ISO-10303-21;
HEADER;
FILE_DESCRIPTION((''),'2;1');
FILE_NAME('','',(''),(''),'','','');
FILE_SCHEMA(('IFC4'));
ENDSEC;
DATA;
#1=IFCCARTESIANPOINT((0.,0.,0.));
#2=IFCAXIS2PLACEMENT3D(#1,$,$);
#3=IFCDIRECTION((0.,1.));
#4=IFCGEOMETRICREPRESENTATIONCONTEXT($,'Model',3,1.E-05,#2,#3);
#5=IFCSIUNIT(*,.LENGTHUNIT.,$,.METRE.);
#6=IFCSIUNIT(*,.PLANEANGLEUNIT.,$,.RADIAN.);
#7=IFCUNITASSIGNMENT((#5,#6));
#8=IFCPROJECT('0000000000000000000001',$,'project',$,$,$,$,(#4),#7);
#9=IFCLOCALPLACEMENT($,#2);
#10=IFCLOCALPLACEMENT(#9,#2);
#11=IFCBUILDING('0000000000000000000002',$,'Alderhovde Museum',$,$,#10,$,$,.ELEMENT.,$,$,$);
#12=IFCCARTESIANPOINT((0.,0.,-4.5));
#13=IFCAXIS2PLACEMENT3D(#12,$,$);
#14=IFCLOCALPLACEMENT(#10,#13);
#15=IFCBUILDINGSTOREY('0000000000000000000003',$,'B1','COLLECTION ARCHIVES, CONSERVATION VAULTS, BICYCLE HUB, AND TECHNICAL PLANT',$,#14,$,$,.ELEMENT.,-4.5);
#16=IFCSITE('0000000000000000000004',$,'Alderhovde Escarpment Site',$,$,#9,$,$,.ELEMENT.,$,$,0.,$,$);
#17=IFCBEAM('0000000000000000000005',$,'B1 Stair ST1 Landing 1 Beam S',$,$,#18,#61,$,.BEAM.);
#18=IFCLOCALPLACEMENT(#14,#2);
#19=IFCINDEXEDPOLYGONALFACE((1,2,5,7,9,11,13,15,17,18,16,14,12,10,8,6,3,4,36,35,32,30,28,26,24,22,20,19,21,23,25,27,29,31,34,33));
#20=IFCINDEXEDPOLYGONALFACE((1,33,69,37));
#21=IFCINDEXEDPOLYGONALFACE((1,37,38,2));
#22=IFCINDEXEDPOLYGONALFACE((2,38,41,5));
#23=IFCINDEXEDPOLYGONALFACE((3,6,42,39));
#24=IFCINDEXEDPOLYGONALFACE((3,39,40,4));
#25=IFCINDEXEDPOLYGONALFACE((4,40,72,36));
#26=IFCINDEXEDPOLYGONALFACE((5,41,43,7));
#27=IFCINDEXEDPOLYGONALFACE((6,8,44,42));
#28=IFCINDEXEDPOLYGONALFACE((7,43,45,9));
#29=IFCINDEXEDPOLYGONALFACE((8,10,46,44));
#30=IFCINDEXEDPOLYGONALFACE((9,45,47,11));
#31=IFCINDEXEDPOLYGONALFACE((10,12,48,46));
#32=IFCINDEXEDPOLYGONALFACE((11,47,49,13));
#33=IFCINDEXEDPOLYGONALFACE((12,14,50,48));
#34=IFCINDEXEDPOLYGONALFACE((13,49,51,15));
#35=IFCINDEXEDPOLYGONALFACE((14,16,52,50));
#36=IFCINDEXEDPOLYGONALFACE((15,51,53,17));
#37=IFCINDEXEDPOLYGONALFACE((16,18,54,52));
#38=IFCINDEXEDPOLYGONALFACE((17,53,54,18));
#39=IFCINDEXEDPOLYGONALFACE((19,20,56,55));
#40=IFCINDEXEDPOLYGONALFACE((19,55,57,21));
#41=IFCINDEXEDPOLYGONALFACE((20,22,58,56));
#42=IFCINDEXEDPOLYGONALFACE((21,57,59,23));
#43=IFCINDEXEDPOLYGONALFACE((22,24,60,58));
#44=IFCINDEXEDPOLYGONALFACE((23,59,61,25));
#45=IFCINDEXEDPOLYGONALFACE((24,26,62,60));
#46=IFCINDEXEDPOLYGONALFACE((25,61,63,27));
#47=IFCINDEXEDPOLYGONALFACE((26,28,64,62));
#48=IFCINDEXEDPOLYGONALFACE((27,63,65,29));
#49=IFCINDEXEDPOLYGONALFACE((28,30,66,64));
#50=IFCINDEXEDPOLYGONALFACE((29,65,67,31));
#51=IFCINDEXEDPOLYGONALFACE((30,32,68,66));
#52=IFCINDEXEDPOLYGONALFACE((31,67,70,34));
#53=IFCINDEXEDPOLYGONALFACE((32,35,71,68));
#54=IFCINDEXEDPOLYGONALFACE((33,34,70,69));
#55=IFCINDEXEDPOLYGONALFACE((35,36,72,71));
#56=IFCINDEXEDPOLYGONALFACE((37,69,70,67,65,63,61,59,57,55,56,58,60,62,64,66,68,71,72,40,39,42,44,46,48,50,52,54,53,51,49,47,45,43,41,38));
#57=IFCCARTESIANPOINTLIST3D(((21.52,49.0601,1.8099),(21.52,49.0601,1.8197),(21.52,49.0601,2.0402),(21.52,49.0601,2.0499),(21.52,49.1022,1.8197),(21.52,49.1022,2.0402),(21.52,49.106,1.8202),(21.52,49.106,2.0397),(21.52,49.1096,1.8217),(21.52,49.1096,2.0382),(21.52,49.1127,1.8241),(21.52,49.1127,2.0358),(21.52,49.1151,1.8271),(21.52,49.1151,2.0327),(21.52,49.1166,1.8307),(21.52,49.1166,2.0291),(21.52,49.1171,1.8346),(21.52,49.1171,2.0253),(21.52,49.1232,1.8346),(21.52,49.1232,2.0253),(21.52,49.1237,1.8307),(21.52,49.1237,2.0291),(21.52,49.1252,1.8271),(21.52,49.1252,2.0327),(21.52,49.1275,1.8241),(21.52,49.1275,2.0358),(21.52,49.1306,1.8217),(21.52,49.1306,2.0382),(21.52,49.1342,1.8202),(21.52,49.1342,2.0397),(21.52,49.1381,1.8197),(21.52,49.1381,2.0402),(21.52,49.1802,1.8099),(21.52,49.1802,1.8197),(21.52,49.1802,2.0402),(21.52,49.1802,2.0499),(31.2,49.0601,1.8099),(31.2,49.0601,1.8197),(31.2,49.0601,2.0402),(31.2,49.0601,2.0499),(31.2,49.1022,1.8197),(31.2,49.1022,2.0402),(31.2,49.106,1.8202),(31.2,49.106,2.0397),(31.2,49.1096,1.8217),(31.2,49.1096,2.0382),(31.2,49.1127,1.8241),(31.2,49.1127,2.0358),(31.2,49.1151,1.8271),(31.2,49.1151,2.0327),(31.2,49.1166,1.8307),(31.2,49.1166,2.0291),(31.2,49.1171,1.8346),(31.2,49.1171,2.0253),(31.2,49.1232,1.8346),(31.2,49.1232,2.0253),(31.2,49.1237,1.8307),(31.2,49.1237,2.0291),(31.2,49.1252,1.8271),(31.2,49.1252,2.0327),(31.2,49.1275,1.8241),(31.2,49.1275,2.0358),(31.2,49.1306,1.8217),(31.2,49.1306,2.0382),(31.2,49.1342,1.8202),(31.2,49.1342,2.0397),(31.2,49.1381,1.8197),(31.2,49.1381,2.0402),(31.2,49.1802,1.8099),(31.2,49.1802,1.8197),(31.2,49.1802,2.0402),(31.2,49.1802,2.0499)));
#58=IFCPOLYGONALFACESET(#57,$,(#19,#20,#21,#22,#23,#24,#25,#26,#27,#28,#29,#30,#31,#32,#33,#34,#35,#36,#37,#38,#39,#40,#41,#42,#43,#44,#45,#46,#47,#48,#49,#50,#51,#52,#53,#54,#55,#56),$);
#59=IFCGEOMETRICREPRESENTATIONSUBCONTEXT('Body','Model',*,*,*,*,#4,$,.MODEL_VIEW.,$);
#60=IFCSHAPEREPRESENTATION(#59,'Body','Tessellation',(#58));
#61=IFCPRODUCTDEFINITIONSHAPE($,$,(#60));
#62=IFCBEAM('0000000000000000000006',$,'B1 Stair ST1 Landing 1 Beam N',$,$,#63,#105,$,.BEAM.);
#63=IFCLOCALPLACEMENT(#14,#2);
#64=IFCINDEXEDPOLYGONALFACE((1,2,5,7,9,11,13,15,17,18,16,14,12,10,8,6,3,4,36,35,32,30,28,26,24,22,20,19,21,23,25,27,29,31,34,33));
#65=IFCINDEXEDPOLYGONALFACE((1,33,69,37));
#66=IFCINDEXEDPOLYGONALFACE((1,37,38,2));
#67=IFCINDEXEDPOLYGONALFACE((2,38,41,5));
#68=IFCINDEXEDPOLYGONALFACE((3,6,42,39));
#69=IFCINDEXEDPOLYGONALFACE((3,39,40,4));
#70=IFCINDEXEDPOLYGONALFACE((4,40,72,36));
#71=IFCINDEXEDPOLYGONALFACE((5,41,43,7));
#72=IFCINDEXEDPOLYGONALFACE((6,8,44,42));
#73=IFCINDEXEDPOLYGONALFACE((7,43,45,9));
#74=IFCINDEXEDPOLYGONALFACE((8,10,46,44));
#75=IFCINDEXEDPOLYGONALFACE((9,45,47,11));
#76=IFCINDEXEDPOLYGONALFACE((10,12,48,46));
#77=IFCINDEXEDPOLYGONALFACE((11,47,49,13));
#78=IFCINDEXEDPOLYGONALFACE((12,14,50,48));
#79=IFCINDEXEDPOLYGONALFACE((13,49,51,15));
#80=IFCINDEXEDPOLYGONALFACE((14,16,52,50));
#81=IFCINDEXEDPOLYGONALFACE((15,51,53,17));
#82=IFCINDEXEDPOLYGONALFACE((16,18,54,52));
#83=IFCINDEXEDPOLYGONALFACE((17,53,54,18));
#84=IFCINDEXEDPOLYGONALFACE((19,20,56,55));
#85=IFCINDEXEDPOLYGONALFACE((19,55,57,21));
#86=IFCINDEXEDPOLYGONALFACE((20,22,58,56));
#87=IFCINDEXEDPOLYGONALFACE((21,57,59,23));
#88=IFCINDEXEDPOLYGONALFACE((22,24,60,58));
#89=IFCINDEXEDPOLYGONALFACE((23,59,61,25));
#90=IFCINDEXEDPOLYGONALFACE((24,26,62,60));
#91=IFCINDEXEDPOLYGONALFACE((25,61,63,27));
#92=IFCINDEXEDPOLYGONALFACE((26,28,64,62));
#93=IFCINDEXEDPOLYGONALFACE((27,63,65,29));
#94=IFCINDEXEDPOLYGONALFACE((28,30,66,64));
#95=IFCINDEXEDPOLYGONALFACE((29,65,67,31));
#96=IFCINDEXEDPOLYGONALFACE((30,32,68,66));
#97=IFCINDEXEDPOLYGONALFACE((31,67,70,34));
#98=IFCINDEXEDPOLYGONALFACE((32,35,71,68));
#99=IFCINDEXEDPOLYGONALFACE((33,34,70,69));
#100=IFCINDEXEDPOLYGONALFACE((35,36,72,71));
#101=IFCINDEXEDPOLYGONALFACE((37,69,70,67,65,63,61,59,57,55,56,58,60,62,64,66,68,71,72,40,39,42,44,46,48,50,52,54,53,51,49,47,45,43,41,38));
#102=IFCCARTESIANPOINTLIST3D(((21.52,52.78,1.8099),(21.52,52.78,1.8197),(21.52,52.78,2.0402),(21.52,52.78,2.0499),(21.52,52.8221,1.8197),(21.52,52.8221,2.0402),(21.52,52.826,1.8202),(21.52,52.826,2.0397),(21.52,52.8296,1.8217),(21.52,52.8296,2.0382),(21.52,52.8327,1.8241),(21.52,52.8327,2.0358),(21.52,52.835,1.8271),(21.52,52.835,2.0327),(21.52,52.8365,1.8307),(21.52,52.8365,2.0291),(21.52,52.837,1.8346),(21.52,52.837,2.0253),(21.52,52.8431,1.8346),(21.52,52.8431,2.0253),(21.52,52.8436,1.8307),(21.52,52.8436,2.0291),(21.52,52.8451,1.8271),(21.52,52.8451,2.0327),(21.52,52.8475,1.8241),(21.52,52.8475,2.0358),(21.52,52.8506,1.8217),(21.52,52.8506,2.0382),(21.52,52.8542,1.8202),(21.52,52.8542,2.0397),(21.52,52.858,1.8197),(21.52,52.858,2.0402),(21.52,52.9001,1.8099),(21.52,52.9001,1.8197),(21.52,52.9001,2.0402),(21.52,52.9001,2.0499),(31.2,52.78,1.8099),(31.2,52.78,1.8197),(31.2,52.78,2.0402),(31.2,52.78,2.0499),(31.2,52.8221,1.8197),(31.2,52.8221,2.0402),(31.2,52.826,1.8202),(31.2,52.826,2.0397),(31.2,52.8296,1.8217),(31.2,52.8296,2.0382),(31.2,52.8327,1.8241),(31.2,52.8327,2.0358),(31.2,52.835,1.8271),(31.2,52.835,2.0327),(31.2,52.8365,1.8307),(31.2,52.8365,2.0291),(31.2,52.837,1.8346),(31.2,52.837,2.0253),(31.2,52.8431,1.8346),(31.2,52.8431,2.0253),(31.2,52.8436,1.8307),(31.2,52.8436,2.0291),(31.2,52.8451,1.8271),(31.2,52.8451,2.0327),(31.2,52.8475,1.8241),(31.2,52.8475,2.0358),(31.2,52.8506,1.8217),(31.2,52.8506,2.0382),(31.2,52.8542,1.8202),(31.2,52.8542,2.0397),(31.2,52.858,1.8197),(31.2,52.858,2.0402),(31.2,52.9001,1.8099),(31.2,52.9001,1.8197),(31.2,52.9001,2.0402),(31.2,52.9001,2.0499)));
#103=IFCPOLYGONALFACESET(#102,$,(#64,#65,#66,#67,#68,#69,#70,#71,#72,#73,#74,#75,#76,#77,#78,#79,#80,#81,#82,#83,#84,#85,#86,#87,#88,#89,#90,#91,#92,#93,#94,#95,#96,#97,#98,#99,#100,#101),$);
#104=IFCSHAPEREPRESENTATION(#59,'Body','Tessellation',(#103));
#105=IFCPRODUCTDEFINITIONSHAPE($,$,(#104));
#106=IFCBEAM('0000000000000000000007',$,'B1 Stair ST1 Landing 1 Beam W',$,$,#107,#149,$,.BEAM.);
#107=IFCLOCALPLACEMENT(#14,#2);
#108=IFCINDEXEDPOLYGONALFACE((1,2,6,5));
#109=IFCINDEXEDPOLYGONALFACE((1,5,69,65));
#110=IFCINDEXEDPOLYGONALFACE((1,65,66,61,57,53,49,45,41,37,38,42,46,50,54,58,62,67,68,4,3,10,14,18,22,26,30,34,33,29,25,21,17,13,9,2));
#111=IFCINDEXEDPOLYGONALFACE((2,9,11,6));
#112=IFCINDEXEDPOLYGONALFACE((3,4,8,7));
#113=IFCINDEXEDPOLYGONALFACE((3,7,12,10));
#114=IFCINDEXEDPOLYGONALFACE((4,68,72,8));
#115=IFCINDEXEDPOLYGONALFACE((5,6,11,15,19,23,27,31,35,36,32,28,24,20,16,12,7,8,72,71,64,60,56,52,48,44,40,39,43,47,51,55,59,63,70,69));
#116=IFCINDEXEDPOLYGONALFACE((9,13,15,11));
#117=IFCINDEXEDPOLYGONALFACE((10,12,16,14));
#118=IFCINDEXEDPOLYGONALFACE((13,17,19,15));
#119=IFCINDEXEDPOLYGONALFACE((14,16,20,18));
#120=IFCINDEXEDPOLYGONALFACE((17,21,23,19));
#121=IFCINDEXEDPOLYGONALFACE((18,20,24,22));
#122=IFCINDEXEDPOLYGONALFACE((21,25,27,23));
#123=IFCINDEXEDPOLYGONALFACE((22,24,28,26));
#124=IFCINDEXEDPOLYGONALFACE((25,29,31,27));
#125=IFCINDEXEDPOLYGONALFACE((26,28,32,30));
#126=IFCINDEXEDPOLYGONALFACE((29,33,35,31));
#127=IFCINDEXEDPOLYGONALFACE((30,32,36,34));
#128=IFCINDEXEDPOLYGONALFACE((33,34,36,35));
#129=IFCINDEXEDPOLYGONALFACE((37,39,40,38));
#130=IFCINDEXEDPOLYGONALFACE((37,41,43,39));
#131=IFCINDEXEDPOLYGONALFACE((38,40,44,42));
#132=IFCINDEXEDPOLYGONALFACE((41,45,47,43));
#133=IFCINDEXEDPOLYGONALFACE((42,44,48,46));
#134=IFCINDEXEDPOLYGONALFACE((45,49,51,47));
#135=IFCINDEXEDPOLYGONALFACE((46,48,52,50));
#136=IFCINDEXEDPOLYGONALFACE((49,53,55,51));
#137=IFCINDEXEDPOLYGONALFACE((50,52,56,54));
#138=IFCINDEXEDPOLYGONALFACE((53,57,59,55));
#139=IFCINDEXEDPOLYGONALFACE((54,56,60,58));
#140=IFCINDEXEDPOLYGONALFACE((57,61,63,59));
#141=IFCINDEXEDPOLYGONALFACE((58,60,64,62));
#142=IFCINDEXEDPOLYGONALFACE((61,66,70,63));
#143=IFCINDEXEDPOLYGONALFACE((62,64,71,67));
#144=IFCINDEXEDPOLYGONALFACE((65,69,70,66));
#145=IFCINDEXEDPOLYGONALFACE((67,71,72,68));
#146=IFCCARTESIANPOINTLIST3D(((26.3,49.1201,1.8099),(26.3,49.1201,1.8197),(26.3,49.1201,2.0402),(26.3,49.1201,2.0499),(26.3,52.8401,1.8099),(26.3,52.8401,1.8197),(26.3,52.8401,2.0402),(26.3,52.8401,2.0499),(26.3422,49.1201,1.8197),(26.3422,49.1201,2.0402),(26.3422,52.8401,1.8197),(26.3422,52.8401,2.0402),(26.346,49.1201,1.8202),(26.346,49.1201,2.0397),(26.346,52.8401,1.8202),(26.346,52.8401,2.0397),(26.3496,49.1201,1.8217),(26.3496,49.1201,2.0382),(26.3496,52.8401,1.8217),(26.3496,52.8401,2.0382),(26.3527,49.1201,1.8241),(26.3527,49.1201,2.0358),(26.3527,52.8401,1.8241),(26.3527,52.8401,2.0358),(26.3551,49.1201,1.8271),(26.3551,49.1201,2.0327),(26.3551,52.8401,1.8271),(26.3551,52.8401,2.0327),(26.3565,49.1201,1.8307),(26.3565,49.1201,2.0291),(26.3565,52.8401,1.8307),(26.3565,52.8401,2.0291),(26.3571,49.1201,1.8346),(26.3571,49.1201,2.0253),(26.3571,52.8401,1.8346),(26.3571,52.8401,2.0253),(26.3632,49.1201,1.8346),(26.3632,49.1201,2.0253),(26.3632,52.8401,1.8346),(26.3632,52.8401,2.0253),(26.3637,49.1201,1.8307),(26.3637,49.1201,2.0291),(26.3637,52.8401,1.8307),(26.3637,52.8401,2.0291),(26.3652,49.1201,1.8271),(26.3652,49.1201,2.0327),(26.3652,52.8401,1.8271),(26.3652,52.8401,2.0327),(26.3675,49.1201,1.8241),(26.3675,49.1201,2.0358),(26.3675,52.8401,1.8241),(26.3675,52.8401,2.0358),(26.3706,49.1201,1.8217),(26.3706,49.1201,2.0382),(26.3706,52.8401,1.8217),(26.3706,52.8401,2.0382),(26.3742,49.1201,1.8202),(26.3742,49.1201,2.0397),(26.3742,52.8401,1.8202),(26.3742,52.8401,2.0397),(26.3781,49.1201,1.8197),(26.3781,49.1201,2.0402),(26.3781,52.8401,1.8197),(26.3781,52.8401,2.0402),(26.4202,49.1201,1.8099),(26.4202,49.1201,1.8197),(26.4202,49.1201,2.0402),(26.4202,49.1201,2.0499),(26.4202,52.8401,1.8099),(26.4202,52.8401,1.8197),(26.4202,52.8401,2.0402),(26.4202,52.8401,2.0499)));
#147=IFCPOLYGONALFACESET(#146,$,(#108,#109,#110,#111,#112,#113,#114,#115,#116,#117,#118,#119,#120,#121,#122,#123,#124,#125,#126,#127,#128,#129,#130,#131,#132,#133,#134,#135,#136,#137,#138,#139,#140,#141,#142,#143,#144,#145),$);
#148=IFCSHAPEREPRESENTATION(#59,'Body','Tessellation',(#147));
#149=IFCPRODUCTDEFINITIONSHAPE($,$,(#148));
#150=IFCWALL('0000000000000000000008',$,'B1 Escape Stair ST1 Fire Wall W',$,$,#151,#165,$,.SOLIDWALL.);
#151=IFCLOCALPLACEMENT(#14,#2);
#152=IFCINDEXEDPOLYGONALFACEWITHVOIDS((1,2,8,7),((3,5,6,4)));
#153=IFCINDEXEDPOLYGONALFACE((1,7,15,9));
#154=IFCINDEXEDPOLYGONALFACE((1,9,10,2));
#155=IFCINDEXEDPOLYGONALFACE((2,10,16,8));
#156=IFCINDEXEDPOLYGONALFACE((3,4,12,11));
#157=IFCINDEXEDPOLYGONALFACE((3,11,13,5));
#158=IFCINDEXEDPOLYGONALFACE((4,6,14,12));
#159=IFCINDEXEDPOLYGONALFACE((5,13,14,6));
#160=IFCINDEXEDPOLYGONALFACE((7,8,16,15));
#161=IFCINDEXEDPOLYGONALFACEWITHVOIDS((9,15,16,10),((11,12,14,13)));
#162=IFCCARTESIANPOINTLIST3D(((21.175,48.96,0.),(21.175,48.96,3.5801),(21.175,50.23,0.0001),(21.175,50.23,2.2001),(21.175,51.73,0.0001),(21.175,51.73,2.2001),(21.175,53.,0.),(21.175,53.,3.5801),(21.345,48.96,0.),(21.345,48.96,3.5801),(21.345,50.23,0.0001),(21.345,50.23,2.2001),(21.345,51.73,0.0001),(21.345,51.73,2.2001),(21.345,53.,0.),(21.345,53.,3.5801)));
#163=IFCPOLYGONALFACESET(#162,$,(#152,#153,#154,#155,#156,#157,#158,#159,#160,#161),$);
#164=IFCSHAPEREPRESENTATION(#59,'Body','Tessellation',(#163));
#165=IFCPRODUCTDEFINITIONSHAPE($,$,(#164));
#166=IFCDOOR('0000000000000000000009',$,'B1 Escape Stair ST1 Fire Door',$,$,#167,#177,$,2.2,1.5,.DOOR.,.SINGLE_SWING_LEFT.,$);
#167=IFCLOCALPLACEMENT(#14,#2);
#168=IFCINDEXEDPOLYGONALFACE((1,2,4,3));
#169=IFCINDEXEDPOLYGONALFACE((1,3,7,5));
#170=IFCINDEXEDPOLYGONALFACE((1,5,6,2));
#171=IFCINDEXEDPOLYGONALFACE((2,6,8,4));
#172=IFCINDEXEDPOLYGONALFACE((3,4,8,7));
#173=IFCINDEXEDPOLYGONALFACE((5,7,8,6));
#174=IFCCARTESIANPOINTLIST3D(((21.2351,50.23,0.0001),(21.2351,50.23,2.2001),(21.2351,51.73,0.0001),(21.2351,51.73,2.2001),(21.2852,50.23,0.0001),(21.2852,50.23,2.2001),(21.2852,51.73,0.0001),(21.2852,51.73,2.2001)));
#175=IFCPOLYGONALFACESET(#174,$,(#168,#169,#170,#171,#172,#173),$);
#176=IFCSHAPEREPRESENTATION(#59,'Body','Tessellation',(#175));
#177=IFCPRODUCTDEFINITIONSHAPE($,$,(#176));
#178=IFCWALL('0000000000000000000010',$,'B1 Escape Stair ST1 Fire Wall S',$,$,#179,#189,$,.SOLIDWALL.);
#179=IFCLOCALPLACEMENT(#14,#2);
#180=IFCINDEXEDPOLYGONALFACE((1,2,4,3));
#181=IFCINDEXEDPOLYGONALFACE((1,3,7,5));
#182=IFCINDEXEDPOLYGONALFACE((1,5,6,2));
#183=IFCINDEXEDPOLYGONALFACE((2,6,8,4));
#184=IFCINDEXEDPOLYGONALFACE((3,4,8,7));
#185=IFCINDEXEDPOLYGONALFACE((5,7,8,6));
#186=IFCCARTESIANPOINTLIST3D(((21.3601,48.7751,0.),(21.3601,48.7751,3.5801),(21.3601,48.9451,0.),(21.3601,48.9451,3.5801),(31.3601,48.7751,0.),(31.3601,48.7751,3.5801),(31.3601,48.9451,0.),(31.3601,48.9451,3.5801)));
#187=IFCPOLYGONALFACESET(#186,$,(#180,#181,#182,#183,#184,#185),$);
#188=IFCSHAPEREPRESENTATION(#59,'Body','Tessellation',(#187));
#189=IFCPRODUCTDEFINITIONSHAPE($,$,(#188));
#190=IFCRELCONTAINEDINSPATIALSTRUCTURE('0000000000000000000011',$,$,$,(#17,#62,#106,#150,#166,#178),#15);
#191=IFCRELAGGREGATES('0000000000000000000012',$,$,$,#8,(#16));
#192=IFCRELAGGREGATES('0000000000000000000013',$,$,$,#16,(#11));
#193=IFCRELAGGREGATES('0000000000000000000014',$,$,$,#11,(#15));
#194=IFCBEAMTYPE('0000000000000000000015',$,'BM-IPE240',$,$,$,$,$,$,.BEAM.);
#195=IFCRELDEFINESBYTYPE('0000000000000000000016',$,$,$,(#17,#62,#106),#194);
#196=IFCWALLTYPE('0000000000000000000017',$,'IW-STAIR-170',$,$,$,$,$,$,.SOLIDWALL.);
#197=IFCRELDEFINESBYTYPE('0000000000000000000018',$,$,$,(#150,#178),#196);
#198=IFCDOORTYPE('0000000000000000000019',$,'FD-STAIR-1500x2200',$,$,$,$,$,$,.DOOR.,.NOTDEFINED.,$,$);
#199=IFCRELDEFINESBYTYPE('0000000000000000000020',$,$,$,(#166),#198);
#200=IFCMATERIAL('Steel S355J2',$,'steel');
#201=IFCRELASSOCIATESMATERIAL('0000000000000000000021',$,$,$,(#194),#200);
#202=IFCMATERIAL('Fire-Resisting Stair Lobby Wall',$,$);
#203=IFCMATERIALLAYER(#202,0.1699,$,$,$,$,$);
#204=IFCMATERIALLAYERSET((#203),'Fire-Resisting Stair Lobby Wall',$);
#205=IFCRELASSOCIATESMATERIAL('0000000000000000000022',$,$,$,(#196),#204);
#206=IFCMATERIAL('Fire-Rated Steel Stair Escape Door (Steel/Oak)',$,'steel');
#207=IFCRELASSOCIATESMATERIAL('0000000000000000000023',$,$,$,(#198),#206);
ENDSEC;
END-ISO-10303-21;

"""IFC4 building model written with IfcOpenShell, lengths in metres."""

from ifc_helpers import new_model, si_unit, direction, frame, frame_2d, origin, origin_2d, place, context, subcontext, project, spatial, rectangle, i_section, extrude, material, layer, layer_set, material_profile, profile_set, type_object, element, fill, save


model = new_model("IFC4")

# Units and contexts
model_context = context("Model", 3, precision=1e-05, world=origin(), true_north=direction((0.0, 1.0)))
body_context = subcontext(model_context, "Body", "Model", "MODEL_VIEW")
ifc_project = project(units=[si_unit("LENGTHUNIT", "METRE"), si_unit("PLANEANGLEUNIT", "RADIAN")], contexts=[model_context])

# Site, building, storey
site_placement = place(None, origin())
site = spatial("IfcSite", under=ifc_project, at=site_placement, Name="Alderhovde Escarpment Site", CompositionType="ELEMENT", RefElevation=0.0)
building_placement = place(site_placement, origin())
building = spatial("IfcBuilding", under=site, at=building_placement, Name="Alderhovde Museum", CompositionType="ELEMENT")
storey_placement = place(building_placement, frame((0.0, 0.0, -4.5)))
storey = spatial("IfcBuildingStorey", under=building, at=storey_placement, Name="B1", Description="COLLECTION ARCHIVES, CONSERVATION VAULTS, BICYCLE HUB, AND TECHNICAL PLANT", CompositionType="ELEMENT", Elevation=-4.5)

# Beams
ifc_material_1 = material(Name="Steel S355J2", Category="steel")
ifc_material_profile_1 = material_profile(ifc_material_1, i_section(OverallWidth=0.1201, OverallDepth=0.24, WebThickness=0.0061, FlangeThickness=0.0098, FilletRadius=0.0149, at=origin_2d()), Name="IPE 240")
ifc_profile_set_1 = profile_set([ifc_material_profile_1], Name="Steel S355J2")
beam_type = type_object("IfcBeamType", Name="BM-IPE240", PredefinedType="BEAM", material=ifc_profile_set_1)
for number, where, z_axis, x_axis, name in (
    (1, (21.52, 49.1201, 1.9299), (1.0, 0.0, 0.0), (0.0, 1.0, 0.0), "B1 Stair ST1 Landing 1 Beam S"),
    (2, (21.52, 52.8401, 1.9299), (1.0, 0.0, 0.0), (0.0, 1.0, 0.0), "B1 Stair ST1 Landing 1 Beam N"),
):
    element("IfcBeam", number, at=place(storey_placement, frame(where, z_axis=z_axis, x_axis=x_axis)), inside=storey, type_object=beam_type, Name=name, PredefinedType="BEAM", context=body_context, shape_type="SweptSolid", body=[
        extrude(i_section(OverallWidth=0.1201, OverallDepth=0.24, WebThickness=0.0061, FlangeThickness=0.0098, FilletRadius=0.0149, at=origin_2d()), origin(), (0.0, 0.0, 1.0), 9.6799),
    ])
beam_placement = place(storey_placement, frame((26.3601, 49.1201, 1.9299), z_axis=(0.0, 1.0, 0.0), x_axis=(-1.0, 0.0, 0.0)))
element("IfcBeam", 3, at=beam_placement, inside=storey, type_object=beam_type, Name="B1 Stair ST1 Landing 1 Beam W", PredefinedType="BEAM", context=body_context, shape_type="SweptSolid", body=[
    extrude(i_section(OverallWidth=0.1201, OverallDepth=0.24, WebThickness=0.0061, FlangeThickness=0.0098, FilletRadius=0.0149, at=origin_2d()), origin(), (0.0, 0.0, 1.0), 3.72),
])

# Wall, opening, door
ifc_material_2 = material(Name="Fire-Resisting Stair Lobby Wall")
ifc_layer_1 = layer(ifc_material_2, 0.1699)
ifc_layer_set_1 = layer_set([ifc_layer_1], Name="Fire-Resisting Stair Lobby Wall")
wall_type_1 = type_object("IfcWallType", Name="IW-STAIR-170", PredefinedType="SOLIDWALL", material=ifc_layer_set_1)
wall_1_placement = place(storey_placement, frame((21.26, 48.96, 0.0), z_axis=(0.0, 0.0, 1.0), x_axis=(0.0, 1.0, 0.0)))
wall_1 = element("IfcWall", 4, at=wall_1_placement, inside=storey, type_object=wall_type_1, Name="B1 Escape Stair ST1 Fire Wall W", PredefinedType="SOLIDWALL", context=body_context, shape_type="SweptSolid", body=[
    extrude(rectangle(XDim=4.04, YDim=0.1699, at=frame_2d((2.02, 0.0))), origin(), (0.0, 0.0, 1.0), 3.5801),
])
opening_placement = place(wall_1_placement, frame((1.27, 0.0, 0.0)))
opening = element("IfcOpeningElement", 5, at=opening_placement, cuts=wall_1, PredefinedType="OPENING", context=body_context, shape_type="SweptSolid", body=[
    extrude(rectangle(XDim=1.5, YDim=2.2, at=frame_2d((0.75, 1.1001))), frame((0.0, 0.095, 0.0), z_axis=(0.0, -1.0, 0.0), x_axis=(1.0, 0.0, 0.0)), (0.0, 0.0, 1.0), 0.1899),
])
ifc_material_3 = material(Name="Fire-Rated Steel Stair Escape Door (Steel/Oak)", Category="steel")
door_type = type_object("IfcDoorType", Name="FD-STAIR-1500x2200", OperationType="NOTDEFINED", PredefinedType="DOOR", material=ifc_material_3)
door_placement = place(opening_placement, origin())
door = element("IfcDoor", 6, at=door_placement, inside=storey, type_object=door_type, Name="B1 Escape Stair ST1 Fire Door", OperationType="SINGLE_SWING_LEFT", OverallHeight=2.2, OverallWidth=1.5, PredefinedType="DOOR", context=body_context, shape_type="SweptSolid", body=[
    extrude(rectangle(XDim=1.5, YDim=2.2, at=frame_2d((0.75, 1.1001))), frame((0.0, 0.0249, 0.0), z_axis=(0.0, -1.0, 0.0), x_axis=(1.0, 0.0, 0.0)), (0.0, 0.0, 1.0), 0.05),
])
fill(opening, door)

# Wall
wall_2_placement = place(storey_placement, frame((21.3601, 48.8601, 0.0), z_axis=(0.0, 0.0, 1.0), x_axis=(1.0, 0.0, 0.0)))
element("IfcWall", 7, at=wall_2_placement, inside=storey, type_object=wall_type_1, Name="B1 Escape Stair ST1 Fire Wall S", PredefinedType="SOLIDWALL", context=body_context, shape_type="SweptSolid", body=[
    extrude(rectangle(XDim=10.0, YDim=0.1699, at=frame_2d((5.0, 0.0))), origin(), (0.0, 0.0, 1.0), 3.5801),
])

save(model, "model.ifc")
